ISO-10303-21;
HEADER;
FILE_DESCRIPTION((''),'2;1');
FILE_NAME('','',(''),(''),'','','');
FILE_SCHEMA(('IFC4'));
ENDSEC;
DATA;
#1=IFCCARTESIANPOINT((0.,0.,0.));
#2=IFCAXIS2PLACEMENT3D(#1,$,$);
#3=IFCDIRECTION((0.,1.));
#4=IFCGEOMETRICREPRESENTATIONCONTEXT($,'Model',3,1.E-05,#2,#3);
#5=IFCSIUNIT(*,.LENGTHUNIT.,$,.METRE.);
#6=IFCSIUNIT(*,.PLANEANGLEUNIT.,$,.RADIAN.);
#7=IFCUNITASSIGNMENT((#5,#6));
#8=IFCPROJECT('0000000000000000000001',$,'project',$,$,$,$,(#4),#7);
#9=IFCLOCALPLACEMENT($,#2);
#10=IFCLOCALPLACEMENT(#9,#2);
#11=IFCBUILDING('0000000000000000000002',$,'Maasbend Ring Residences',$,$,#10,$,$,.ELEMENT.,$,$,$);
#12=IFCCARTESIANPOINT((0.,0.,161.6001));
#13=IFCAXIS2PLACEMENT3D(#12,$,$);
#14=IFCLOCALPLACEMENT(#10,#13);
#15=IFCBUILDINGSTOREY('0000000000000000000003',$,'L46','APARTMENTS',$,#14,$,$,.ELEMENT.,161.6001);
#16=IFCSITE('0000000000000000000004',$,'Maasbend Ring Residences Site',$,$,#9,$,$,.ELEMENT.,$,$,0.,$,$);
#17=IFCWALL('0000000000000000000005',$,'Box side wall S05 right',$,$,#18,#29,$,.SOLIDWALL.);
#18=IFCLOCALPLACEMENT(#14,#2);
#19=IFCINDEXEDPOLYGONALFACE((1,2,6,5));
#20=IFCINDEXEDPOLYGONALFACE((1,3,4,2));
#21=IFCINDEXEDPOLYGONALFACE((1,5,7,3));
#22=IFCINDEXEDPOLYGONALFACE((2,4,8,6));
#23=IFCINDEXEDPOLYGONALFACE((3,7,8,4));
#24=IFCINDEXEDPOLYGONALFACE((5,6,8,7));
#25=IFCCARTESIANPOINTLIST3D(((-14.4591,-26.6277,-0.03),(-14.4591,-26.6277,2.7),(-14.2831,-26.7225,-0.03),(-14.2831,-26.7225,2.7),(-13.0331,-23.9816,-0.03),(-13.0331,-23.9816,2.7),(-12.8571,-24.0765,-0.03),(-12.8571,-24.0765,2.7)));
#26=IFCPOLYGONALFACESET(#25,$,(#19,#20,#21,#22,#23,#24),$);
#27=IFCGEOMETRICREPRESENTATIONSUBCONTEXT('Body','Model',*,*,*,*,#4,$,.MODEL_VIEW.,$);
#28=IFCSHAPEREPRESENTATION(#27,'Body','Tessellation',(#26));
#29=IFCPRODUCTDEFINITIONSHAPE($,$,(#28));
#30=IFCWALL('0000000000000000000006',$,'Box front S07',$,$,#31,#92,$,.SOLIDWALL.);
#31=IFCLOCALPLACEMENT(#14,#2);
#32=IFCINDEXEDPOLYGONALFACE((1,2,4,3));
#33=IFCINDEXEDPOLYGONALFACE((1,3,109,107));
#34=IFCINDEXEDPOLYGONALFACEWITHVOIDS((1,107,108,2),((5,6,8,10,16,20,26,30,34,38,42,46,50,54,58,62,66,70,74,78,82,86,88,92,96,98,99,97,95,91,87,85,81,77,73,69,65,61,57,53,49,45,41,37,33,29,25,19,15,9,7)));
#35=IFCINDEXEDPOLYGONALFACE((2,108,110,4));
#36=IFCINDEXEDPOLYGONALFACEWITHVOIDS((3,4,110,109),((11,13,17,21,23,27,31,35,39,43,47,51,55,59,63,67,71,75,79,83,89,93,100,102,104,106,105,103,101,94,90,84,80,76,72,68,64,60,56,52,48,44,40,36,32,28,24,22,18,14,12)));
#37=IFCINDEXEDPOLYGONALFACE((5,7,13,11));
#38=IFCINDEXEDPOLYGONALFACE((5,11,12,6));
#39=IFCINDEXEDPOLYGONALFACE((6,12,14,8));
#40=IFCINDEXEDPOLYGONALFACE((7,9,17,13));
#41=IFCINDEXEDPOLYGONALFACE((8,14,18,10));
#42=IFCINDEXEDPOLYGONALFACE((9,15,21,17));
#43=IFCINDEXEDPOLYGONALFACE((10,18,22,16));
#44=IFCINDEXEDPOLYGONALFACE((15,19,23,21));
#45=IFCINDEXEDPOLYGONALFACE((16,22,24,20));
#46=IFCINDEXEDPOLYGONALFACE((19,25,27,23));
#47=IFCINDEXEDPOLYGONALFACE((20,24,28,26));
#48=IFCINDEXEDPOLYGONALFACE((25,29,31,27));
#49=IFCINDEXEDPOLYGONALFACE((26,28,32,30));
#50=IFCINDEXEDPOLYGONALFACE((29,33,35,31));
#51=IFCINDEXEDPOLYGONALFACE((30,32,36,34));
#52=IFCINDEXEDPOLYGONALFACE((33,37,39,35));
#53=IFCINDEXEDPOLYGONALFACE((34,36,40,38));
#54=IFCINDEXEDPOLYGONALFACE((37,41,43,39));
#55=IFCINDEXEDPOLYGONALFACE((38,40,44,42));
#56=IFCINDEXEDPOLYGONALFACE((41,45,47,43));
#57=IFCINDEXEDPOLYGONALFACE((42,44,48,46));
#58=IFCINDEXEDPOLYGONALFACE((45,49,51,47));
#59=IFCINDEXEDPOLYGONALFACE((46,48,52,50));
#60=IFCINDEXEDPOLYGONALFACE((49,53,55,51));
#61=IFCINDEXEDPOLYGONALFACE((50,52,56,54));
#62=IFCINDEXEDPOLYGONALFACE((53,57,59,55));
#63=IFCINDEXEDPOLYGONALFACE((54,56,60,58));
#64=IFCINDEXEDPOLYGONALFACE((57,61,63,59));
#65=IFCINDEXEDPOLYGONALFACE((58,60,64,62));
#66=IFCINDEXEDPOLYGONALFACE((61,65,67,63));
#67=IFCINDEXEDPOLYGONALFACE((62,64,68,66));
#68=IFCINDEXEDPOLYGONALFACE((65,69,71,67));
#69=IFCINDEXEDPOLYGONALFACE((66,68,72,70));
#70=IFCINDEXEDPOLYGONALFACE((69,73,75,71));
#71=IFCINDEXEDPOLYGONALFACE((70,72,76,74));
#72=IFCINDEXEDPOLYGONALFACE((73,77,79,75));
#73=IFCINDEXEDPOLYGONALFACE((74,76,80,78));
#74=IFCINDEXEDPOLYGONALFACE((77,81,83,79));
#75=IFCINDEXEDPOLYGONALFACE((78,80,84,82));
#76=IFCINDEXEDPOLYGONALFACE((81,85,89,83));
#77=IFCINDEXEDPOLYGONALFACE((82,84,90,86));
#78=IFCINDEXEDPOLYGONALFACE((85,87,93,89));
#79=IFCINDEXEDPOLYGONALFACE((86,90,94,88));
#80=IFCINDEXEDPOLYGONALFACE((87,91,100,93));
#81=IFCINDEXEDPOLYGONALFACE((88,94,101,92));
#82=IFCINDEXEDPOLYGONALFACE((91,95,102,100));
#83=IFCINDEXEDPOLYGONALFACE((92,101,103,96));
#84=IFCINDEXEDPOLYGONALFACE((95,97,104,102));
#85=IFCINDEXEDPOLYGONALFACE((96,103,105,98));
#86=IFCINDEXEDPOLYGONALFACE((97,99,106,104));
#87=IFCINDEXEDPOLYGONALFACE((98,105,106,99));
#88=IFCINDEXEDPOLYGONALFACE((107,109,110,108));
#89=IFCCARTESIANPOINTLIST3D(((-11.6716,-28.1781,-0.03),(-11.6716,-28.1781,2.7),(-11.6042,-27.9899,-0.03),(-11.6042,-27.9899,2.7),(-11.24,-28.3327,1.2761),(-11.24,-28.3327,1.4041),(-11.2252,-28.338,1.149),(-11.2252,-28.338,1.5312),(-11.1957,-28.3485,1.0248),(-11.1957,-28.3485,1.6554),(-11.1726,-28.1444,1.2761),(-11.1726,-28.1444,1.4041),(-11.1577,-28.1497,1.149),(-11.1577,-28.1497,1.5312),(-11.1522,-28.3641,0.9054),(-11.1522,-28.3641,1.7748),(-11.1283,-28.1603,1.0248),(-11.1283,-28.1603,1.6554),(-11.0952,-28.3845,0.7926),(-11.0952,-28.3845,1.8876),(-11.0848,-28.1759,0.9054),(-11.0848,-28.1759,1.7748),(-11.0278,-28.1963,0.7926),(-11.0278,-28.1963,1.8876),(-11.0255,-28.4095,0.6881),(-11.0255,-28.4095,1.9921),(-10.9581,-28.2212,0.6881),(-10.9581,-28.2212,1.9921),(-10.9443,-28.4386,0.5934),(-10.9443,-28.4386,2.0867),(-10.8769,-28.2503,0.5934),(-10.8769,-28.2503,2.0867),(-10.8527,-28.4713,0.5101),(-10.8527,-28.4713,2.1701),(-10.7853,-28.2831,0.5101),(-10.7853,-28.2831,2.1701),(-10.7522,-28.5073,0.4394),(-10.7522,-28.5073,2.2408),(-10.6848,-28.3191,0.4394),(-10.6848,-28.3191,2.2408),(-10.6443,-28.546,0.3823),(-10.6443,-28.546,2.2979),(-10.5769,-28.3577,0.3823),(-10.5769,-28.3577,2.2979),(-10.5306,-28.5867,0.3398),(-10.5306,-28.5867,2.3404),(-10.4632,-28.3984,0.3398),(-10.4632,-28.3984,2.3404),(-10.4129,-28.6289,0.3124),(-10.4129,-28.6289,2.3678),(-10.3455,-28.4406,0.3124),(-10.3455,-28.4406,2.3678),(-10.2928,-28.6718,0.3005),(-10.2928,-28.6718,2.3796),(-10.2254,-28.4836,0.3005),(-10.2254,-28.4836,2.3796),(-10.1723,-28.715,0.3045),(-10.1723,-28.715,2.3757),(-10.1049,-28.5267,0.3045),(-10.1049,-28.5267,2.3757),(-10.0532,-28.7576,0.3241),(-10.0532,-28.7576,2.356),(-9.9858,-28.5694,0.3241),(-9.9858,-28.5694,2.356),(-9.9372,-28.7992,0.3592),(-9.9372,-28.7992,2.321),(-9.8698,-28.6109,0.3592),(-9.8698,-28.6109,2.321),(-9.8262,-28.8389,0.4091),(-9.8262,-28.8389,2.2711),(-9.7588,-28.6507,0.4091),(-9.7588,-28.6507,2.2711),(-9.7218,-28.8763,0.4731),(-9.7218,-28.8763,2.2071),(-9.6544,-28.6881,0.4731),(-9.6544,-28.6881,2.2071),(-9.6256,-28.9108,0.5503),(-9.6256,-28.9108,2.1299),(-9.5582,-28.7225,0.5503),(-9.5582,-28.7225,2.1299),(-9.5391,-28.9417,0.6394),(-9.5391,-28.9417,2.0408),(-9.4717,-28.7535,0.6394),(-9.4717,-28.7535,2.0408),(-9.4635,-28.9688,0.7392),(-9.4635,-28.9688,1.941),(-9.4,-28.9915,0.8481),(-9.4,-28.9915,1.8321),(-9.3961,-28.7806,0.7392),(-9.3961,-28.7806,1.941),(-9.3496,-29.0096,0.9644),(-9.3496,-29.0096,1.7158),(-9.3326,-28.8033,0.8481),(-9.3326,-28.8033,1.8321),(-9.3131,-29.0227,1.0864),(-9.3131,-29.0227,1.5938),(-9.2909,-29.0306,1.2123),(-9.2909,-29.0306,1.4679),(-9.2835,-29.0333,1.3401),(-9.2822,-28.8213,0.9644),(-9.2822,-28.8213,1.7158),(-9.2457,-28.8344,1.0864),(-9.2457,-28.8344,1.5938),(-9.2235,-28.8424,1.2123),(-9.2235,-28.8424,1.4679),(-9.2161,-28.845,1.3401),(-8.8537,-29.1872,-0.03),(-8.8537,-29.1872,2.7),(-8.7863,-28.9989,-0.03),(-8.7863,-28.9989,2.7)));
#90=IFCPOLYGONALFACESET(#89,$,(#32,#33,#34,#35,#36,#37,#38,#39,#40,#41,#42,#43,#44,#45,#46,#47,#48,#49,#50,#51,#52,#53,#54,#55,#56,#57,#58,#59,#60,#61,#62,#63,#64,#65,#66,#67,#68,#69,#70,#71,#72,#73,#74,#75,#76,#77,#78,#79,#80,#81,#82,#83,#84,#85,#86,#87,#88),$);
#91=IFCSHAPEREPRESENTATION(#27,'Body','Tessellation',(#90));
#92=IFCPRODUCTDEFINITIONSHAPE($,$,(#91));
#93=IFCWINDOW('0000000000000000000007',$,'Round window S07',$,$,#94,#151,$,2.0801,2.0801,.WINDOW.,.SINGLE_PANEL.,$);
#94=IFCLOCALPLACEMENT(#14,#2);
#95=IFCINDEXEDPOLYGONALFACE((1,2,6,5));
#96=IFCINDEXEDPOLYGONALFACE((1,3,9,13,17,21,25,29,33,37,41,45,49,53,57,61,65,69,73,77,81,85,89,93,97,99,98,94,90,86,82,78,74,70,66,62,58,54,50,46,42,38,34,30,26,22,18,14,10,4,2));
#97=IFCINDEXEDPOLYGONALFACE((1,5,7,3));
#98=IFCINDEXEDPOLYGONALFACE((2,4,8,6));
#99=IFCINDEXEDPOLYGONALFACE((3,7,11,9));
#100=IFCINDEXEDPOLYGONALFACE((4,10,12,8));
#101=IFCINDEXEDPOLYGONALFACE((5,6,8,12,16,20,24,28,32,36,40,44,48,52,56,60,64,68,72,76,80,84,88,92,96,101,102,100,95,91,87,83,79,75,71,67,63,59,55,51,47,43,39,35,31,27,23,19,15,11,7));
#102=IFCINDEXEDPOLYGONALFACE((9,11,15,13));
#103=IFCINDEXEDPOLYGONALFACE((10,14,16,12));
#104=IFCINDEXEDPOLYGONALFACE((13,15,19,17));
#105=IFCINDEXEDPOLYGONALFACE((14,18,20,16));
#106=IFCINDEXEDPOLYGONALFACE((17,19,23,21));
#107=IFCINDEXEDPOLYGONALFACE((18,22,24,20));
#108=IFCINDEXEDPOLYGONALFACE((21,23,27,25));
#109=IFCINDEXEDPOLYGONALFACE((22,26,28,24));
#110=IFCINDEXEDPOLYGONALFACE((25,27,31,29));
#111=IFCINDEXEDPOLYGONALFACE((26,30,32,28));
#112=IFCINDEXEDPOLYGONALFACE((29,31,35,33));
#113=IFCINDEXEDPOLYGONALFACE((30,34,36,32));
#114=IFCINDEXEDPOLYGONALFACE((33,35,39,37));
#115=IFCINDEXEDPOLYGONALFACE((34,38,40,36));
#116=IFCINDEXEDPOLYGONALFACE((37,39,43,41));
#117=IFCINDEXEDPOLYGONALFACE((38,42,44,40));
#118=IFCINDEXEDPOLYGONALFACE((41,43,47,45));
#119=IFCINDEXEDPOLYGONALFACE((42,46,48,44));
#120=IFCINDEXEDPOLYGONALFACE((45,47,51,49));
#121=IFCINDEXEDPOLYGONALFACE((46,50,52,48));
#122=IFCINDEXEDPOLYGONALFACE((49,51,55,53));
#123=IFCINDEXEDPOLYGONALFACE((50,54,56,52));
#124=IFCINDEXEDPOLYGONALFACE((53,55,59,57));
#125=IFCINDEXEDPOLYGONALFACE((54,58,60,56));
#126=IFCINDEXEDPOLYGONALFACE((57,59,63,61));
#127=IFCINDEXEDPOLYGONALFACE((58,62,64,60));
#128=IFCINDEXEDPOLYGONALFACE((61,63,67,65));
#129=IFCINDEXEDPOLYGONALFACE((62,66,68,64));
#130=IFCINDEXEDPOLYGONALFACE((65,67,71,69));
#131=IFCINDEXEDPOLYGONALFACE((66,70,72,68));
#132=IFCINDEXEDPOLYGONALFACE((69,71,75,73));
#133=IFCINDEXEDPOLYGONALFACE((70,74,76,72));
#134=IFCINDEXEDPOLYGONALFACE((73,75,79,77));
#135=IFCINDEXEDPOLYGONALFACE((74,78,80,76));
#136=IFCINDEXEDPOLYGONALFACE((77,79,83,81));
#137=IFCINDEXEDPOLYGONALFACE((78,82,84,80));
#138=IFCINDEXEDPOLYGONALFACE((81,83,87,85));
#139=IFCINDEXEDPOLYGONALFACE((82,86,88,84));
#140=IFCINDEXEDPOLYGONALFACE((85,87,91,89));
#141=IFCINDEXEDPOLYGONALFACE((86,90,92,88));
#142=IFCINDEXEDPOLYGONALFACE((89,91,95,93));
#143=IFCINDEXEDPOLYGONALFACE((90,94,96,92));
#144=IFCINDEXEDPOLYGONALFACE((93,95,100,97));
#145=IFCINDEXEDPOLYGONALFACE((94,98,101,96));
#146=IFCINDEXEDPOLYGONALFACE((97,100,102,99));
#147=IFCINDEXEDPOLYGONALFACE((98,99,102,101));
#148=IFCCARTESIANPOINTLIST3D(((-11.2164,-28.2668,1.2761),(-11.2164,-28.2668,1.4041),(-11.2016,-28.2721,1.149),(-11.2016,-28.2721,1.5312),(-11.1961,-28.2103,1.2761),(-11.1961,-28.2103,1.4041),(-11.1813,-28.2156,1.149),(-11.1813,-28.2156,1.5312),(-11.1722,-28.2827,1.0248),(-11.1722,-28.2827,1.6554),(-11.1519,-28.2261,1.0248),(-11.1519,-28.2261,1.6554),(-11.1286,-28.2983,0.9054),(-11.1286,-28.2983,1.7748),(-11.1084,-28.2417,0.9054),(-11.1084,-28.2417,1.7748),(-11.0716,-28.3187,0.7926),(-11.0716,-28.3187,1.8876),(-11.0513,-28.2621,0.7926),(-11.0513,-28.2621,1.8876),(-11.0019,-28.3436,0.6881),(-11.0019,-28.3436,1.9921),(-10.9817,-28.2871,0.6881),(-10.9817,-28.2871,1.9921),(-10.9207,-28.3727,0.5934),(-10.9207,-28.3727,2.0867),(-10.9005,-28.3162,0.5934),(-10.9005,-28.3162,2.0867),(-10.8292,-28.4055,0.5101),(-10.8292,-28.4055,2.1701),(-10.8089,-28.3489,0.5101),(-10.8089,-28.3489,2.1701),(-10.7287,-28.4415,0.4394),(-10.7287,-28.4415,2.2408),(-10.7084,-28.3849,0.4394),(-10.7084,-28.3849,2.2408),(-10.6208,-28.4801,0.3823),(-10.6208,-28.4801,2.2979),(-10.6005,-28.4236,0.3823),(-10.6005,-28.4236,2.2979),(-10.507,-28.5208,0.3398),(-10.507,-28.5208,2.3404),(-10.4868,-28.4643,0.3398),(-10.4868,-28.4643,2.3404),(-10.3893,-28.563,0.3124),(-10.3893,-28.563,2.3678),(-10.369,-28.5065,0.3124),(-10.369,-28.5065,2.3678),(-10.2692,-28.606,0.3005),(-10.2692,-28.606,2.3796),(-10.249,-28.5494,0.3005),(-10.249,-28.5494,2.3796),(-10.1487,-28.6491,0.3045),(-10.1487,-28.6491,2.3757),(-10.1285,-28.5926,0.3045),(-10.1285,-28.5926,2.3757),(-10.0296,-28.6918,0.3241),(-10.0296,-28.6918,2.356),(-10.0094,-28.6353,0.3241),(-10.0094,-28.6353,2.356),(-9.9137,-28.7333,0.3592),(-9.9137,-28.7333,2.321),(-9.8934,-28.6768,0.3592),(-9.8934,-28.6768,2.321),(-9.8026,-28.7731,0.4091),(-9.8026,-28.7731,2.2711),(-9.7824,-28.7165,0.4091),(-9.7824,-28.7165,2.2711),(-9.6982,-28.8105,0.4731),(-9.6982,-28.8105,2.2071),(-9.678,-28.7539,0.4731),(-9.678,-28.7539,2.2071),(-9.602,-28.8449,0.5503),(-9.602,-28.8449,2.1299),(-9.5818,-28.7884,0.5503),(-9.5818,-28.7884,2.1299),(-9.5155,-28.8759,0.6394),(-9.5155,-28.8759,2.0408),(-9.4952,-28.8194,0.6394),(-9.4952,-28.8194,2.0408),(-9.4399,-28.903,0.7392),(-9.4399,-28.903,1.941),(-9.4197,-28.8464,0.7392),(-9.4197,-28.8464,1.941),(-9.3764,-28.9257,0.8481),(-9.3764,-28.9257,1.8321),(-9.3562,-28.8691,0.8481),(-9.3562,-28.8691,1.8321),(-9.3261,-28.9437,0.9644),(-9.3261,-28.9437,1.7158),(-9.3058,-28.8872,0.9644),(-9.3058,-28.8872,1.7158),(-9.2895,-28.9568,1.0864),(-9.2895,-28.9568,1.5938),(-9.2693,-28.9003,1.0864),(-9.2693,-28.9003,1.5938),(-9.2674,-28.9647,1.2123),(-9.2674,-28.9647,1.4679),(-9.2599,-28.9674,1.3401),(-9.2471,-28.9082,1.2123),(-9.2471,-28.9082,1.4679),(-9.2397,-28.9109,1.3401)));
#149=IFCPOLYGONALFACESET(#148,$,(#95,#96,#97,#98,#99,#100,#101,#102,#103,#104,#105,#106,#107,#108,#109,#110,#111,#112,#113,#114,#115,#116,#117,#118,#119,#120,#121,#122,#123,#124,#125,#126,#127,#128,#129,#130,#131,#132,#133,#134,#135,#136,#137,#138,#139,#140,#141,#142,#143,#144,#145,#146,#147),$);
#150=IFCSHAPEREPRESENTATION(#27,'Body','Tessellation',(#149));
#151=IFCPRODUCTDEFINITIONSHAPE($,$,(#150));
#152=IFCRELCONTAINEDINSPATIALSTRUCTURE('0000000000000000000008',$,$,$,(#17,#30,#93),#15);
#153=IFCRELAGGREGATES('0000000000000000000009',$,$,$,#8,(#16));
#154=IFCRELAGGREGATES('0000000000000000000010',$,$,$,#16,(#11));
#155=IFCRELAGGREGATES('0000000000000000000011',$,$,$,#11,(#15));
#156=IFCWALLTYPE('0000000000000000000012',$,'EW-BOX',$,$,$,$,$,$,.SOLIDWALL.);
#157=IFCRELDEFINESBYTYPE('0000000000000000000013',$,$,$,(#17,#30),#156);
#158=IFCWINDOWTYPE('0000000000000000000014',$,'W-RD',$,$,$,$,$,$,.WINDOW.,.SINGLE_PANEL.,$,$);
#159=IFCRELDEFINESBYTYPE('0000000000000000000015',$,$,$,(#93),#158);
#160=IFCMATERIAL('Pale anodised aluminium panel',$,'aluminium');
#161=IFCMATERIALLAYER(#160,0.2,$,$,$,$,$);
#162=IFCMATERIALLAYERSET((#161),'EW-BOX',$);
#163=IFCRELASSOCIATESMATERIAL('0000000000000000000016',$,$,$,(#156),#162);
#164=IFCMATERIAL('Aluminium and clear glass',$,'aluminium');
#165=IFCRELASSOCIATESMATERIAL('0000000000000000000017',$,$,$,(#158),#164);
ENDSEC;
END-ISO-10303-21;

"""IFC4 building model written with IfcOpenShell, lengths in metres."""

from ifc_helpers import new_model, si_unit, direction, frame, frame_2d, origin, place, context, subcontext, project, spatial, rectangle, circle, extrude, material, layer, layer_set, type_object, element, fill, save


model = new_model("IFC4")

# Units and contexts
model_context = context("Model", 3, precision=1e-05, world=origin(), true_north=direction((0.0, 1.0)))
body_context = subcontext(model_context, "Body", "Model", "MODEL_VIEW")
ifc_project = project(units=[si_unit("LENGTHUNIT", "METRE"), si_unit("PLANEANGLEUNIT", "RADIAN")], contexts=[model_context])

# Site, building, storey
site_placement = place(None, origin())
site = spatial("IfcSite", under=ifc_project, at=site_placement, Name="Maasbend Ring Residences Site", CompositionType="ELEMENT", RefElevation=0.0)
building_placement = place(site_placement, origin())
building = spatial("IfcBuilding", under=site, at=building_placement, Name="Maasbend Ring Residences", CompositionType="ELEMENT")
storey_placement = place(building_placement, frame((0.0, 0.0, 161.6001)))
storey = spatial("IfcBuildingStorey", under=building, at=storey_placement, Name="L46", Description="APARTMENTS", CompositionType="ELEMENT", Elevation=161.6001)

# Shared definitions
ifc_material_1 = material(Name="Pale anodised aluminium panel", Category="aluminium")
ifc_layer_1 = layer(ifc_material_1, 0.2)
ifc_layer_set_1 = layer_set([ifc_layer_1], Name="EW-BOX")
wall_type_1 = type_object("IfcWallType", Name="EW-BOX", PredefinedType="SOLIDWALL", material=ifc_layer_set_1)
ifc_material_2 = material(Name="Aluminium and clear glass", Category="aluminium")
window_type_1 = type_object("IfcWindowType", Name="W-RD", PartitioningType="SINGLE_PANEL", PredefinedType="WINDOW", material=ifc_material_2)

# Wall
wall_1_placement = place(storey_placement, frame((-12.9451, -24.0291, -0.03), z_axis=(0.0, 0.0, 1.0), x_axis=(-0.474424, -0.880296, 0.0)))
element("IfcWall", 1, at=wall_1_placement, inside=storey, type_object=wall_type_1, Name="Box side wall S05 right", PredefinedType="SOLIDWALL", context=body_context, shape_type="SweptSolid", body=[
    extrude(rectangle(XDim=3.0059, YDim=0.2, at=frame_2d((1.5029, 0.0))), origin(), (0.0, 0.0, 1.0), 2.73),
])

# Wall, opening, window
wall_2_placement = place(storey_placement, frame((-11.6379, -28.084, -0.03), z_axis=(0.0, 0.0, 1.0), x_axis=(0.941461, -0.337122, 0.0)))
wall_2 = element("IfcWall", 2, at=wall_2_placement, inside=storey, type_object=wall_type_1, Name="Box front S07", PredefinedType="SOLIDWALL", context=body_context, shape_type="SweptSolid", body=[
    extrude(rectangle(XDim=2.9932, YDim=0.2, at=frame_2d((1.4966, 0.0))), origin(), (0.0, 0.0, 1.0), 2.73),
])
opening_1_placement = place(wall_2_placement, frame((0.4565, 0.0, 0.3301)))
opening_1 = element("IfcOpeningElement", 3, at=opening_1_placement, cuts=wall_2, PredefinedType="OPENING", context=body_context, shape_type="SweptSolid", body=[
    extrude(circle(Radius=1.04, at=frame_2d((1.04, 1.04))), frame((0.0, 0.1099, 0.0), z_axis=(0.0, -1.0, 0.0), x_axis=(1.0, 0.0, 0.0)), (0.0, 0.0, 1.0), 0.22),
])
window_1_placement = place(opening_1_placement, origin())
window_1 = element("IfcWindow", 4, at=window_1_placement, inside=storey, type_object=window_type_1, Name="Round window S07", OverallHeight=2.0801, OverallWidth=2.0801, PartitioningType="SINGLE_PANEL", PredefinedType="WINDOW", context=body_context, shape_type="SweptSolid", body=[
    extrude(circle(Radius=1.04, at=frame_2d((1.04, 1.04))), frame((0.0, 0.03, 0.0), z_axis=(0.0, -1.0, 0.0), x_axis=(1.0, 0.0, 0.0)), (0.0, 0.0, 1.0), 0.0601),
])
fill(opening_1, window_1)

save(model, "model.ifc")
